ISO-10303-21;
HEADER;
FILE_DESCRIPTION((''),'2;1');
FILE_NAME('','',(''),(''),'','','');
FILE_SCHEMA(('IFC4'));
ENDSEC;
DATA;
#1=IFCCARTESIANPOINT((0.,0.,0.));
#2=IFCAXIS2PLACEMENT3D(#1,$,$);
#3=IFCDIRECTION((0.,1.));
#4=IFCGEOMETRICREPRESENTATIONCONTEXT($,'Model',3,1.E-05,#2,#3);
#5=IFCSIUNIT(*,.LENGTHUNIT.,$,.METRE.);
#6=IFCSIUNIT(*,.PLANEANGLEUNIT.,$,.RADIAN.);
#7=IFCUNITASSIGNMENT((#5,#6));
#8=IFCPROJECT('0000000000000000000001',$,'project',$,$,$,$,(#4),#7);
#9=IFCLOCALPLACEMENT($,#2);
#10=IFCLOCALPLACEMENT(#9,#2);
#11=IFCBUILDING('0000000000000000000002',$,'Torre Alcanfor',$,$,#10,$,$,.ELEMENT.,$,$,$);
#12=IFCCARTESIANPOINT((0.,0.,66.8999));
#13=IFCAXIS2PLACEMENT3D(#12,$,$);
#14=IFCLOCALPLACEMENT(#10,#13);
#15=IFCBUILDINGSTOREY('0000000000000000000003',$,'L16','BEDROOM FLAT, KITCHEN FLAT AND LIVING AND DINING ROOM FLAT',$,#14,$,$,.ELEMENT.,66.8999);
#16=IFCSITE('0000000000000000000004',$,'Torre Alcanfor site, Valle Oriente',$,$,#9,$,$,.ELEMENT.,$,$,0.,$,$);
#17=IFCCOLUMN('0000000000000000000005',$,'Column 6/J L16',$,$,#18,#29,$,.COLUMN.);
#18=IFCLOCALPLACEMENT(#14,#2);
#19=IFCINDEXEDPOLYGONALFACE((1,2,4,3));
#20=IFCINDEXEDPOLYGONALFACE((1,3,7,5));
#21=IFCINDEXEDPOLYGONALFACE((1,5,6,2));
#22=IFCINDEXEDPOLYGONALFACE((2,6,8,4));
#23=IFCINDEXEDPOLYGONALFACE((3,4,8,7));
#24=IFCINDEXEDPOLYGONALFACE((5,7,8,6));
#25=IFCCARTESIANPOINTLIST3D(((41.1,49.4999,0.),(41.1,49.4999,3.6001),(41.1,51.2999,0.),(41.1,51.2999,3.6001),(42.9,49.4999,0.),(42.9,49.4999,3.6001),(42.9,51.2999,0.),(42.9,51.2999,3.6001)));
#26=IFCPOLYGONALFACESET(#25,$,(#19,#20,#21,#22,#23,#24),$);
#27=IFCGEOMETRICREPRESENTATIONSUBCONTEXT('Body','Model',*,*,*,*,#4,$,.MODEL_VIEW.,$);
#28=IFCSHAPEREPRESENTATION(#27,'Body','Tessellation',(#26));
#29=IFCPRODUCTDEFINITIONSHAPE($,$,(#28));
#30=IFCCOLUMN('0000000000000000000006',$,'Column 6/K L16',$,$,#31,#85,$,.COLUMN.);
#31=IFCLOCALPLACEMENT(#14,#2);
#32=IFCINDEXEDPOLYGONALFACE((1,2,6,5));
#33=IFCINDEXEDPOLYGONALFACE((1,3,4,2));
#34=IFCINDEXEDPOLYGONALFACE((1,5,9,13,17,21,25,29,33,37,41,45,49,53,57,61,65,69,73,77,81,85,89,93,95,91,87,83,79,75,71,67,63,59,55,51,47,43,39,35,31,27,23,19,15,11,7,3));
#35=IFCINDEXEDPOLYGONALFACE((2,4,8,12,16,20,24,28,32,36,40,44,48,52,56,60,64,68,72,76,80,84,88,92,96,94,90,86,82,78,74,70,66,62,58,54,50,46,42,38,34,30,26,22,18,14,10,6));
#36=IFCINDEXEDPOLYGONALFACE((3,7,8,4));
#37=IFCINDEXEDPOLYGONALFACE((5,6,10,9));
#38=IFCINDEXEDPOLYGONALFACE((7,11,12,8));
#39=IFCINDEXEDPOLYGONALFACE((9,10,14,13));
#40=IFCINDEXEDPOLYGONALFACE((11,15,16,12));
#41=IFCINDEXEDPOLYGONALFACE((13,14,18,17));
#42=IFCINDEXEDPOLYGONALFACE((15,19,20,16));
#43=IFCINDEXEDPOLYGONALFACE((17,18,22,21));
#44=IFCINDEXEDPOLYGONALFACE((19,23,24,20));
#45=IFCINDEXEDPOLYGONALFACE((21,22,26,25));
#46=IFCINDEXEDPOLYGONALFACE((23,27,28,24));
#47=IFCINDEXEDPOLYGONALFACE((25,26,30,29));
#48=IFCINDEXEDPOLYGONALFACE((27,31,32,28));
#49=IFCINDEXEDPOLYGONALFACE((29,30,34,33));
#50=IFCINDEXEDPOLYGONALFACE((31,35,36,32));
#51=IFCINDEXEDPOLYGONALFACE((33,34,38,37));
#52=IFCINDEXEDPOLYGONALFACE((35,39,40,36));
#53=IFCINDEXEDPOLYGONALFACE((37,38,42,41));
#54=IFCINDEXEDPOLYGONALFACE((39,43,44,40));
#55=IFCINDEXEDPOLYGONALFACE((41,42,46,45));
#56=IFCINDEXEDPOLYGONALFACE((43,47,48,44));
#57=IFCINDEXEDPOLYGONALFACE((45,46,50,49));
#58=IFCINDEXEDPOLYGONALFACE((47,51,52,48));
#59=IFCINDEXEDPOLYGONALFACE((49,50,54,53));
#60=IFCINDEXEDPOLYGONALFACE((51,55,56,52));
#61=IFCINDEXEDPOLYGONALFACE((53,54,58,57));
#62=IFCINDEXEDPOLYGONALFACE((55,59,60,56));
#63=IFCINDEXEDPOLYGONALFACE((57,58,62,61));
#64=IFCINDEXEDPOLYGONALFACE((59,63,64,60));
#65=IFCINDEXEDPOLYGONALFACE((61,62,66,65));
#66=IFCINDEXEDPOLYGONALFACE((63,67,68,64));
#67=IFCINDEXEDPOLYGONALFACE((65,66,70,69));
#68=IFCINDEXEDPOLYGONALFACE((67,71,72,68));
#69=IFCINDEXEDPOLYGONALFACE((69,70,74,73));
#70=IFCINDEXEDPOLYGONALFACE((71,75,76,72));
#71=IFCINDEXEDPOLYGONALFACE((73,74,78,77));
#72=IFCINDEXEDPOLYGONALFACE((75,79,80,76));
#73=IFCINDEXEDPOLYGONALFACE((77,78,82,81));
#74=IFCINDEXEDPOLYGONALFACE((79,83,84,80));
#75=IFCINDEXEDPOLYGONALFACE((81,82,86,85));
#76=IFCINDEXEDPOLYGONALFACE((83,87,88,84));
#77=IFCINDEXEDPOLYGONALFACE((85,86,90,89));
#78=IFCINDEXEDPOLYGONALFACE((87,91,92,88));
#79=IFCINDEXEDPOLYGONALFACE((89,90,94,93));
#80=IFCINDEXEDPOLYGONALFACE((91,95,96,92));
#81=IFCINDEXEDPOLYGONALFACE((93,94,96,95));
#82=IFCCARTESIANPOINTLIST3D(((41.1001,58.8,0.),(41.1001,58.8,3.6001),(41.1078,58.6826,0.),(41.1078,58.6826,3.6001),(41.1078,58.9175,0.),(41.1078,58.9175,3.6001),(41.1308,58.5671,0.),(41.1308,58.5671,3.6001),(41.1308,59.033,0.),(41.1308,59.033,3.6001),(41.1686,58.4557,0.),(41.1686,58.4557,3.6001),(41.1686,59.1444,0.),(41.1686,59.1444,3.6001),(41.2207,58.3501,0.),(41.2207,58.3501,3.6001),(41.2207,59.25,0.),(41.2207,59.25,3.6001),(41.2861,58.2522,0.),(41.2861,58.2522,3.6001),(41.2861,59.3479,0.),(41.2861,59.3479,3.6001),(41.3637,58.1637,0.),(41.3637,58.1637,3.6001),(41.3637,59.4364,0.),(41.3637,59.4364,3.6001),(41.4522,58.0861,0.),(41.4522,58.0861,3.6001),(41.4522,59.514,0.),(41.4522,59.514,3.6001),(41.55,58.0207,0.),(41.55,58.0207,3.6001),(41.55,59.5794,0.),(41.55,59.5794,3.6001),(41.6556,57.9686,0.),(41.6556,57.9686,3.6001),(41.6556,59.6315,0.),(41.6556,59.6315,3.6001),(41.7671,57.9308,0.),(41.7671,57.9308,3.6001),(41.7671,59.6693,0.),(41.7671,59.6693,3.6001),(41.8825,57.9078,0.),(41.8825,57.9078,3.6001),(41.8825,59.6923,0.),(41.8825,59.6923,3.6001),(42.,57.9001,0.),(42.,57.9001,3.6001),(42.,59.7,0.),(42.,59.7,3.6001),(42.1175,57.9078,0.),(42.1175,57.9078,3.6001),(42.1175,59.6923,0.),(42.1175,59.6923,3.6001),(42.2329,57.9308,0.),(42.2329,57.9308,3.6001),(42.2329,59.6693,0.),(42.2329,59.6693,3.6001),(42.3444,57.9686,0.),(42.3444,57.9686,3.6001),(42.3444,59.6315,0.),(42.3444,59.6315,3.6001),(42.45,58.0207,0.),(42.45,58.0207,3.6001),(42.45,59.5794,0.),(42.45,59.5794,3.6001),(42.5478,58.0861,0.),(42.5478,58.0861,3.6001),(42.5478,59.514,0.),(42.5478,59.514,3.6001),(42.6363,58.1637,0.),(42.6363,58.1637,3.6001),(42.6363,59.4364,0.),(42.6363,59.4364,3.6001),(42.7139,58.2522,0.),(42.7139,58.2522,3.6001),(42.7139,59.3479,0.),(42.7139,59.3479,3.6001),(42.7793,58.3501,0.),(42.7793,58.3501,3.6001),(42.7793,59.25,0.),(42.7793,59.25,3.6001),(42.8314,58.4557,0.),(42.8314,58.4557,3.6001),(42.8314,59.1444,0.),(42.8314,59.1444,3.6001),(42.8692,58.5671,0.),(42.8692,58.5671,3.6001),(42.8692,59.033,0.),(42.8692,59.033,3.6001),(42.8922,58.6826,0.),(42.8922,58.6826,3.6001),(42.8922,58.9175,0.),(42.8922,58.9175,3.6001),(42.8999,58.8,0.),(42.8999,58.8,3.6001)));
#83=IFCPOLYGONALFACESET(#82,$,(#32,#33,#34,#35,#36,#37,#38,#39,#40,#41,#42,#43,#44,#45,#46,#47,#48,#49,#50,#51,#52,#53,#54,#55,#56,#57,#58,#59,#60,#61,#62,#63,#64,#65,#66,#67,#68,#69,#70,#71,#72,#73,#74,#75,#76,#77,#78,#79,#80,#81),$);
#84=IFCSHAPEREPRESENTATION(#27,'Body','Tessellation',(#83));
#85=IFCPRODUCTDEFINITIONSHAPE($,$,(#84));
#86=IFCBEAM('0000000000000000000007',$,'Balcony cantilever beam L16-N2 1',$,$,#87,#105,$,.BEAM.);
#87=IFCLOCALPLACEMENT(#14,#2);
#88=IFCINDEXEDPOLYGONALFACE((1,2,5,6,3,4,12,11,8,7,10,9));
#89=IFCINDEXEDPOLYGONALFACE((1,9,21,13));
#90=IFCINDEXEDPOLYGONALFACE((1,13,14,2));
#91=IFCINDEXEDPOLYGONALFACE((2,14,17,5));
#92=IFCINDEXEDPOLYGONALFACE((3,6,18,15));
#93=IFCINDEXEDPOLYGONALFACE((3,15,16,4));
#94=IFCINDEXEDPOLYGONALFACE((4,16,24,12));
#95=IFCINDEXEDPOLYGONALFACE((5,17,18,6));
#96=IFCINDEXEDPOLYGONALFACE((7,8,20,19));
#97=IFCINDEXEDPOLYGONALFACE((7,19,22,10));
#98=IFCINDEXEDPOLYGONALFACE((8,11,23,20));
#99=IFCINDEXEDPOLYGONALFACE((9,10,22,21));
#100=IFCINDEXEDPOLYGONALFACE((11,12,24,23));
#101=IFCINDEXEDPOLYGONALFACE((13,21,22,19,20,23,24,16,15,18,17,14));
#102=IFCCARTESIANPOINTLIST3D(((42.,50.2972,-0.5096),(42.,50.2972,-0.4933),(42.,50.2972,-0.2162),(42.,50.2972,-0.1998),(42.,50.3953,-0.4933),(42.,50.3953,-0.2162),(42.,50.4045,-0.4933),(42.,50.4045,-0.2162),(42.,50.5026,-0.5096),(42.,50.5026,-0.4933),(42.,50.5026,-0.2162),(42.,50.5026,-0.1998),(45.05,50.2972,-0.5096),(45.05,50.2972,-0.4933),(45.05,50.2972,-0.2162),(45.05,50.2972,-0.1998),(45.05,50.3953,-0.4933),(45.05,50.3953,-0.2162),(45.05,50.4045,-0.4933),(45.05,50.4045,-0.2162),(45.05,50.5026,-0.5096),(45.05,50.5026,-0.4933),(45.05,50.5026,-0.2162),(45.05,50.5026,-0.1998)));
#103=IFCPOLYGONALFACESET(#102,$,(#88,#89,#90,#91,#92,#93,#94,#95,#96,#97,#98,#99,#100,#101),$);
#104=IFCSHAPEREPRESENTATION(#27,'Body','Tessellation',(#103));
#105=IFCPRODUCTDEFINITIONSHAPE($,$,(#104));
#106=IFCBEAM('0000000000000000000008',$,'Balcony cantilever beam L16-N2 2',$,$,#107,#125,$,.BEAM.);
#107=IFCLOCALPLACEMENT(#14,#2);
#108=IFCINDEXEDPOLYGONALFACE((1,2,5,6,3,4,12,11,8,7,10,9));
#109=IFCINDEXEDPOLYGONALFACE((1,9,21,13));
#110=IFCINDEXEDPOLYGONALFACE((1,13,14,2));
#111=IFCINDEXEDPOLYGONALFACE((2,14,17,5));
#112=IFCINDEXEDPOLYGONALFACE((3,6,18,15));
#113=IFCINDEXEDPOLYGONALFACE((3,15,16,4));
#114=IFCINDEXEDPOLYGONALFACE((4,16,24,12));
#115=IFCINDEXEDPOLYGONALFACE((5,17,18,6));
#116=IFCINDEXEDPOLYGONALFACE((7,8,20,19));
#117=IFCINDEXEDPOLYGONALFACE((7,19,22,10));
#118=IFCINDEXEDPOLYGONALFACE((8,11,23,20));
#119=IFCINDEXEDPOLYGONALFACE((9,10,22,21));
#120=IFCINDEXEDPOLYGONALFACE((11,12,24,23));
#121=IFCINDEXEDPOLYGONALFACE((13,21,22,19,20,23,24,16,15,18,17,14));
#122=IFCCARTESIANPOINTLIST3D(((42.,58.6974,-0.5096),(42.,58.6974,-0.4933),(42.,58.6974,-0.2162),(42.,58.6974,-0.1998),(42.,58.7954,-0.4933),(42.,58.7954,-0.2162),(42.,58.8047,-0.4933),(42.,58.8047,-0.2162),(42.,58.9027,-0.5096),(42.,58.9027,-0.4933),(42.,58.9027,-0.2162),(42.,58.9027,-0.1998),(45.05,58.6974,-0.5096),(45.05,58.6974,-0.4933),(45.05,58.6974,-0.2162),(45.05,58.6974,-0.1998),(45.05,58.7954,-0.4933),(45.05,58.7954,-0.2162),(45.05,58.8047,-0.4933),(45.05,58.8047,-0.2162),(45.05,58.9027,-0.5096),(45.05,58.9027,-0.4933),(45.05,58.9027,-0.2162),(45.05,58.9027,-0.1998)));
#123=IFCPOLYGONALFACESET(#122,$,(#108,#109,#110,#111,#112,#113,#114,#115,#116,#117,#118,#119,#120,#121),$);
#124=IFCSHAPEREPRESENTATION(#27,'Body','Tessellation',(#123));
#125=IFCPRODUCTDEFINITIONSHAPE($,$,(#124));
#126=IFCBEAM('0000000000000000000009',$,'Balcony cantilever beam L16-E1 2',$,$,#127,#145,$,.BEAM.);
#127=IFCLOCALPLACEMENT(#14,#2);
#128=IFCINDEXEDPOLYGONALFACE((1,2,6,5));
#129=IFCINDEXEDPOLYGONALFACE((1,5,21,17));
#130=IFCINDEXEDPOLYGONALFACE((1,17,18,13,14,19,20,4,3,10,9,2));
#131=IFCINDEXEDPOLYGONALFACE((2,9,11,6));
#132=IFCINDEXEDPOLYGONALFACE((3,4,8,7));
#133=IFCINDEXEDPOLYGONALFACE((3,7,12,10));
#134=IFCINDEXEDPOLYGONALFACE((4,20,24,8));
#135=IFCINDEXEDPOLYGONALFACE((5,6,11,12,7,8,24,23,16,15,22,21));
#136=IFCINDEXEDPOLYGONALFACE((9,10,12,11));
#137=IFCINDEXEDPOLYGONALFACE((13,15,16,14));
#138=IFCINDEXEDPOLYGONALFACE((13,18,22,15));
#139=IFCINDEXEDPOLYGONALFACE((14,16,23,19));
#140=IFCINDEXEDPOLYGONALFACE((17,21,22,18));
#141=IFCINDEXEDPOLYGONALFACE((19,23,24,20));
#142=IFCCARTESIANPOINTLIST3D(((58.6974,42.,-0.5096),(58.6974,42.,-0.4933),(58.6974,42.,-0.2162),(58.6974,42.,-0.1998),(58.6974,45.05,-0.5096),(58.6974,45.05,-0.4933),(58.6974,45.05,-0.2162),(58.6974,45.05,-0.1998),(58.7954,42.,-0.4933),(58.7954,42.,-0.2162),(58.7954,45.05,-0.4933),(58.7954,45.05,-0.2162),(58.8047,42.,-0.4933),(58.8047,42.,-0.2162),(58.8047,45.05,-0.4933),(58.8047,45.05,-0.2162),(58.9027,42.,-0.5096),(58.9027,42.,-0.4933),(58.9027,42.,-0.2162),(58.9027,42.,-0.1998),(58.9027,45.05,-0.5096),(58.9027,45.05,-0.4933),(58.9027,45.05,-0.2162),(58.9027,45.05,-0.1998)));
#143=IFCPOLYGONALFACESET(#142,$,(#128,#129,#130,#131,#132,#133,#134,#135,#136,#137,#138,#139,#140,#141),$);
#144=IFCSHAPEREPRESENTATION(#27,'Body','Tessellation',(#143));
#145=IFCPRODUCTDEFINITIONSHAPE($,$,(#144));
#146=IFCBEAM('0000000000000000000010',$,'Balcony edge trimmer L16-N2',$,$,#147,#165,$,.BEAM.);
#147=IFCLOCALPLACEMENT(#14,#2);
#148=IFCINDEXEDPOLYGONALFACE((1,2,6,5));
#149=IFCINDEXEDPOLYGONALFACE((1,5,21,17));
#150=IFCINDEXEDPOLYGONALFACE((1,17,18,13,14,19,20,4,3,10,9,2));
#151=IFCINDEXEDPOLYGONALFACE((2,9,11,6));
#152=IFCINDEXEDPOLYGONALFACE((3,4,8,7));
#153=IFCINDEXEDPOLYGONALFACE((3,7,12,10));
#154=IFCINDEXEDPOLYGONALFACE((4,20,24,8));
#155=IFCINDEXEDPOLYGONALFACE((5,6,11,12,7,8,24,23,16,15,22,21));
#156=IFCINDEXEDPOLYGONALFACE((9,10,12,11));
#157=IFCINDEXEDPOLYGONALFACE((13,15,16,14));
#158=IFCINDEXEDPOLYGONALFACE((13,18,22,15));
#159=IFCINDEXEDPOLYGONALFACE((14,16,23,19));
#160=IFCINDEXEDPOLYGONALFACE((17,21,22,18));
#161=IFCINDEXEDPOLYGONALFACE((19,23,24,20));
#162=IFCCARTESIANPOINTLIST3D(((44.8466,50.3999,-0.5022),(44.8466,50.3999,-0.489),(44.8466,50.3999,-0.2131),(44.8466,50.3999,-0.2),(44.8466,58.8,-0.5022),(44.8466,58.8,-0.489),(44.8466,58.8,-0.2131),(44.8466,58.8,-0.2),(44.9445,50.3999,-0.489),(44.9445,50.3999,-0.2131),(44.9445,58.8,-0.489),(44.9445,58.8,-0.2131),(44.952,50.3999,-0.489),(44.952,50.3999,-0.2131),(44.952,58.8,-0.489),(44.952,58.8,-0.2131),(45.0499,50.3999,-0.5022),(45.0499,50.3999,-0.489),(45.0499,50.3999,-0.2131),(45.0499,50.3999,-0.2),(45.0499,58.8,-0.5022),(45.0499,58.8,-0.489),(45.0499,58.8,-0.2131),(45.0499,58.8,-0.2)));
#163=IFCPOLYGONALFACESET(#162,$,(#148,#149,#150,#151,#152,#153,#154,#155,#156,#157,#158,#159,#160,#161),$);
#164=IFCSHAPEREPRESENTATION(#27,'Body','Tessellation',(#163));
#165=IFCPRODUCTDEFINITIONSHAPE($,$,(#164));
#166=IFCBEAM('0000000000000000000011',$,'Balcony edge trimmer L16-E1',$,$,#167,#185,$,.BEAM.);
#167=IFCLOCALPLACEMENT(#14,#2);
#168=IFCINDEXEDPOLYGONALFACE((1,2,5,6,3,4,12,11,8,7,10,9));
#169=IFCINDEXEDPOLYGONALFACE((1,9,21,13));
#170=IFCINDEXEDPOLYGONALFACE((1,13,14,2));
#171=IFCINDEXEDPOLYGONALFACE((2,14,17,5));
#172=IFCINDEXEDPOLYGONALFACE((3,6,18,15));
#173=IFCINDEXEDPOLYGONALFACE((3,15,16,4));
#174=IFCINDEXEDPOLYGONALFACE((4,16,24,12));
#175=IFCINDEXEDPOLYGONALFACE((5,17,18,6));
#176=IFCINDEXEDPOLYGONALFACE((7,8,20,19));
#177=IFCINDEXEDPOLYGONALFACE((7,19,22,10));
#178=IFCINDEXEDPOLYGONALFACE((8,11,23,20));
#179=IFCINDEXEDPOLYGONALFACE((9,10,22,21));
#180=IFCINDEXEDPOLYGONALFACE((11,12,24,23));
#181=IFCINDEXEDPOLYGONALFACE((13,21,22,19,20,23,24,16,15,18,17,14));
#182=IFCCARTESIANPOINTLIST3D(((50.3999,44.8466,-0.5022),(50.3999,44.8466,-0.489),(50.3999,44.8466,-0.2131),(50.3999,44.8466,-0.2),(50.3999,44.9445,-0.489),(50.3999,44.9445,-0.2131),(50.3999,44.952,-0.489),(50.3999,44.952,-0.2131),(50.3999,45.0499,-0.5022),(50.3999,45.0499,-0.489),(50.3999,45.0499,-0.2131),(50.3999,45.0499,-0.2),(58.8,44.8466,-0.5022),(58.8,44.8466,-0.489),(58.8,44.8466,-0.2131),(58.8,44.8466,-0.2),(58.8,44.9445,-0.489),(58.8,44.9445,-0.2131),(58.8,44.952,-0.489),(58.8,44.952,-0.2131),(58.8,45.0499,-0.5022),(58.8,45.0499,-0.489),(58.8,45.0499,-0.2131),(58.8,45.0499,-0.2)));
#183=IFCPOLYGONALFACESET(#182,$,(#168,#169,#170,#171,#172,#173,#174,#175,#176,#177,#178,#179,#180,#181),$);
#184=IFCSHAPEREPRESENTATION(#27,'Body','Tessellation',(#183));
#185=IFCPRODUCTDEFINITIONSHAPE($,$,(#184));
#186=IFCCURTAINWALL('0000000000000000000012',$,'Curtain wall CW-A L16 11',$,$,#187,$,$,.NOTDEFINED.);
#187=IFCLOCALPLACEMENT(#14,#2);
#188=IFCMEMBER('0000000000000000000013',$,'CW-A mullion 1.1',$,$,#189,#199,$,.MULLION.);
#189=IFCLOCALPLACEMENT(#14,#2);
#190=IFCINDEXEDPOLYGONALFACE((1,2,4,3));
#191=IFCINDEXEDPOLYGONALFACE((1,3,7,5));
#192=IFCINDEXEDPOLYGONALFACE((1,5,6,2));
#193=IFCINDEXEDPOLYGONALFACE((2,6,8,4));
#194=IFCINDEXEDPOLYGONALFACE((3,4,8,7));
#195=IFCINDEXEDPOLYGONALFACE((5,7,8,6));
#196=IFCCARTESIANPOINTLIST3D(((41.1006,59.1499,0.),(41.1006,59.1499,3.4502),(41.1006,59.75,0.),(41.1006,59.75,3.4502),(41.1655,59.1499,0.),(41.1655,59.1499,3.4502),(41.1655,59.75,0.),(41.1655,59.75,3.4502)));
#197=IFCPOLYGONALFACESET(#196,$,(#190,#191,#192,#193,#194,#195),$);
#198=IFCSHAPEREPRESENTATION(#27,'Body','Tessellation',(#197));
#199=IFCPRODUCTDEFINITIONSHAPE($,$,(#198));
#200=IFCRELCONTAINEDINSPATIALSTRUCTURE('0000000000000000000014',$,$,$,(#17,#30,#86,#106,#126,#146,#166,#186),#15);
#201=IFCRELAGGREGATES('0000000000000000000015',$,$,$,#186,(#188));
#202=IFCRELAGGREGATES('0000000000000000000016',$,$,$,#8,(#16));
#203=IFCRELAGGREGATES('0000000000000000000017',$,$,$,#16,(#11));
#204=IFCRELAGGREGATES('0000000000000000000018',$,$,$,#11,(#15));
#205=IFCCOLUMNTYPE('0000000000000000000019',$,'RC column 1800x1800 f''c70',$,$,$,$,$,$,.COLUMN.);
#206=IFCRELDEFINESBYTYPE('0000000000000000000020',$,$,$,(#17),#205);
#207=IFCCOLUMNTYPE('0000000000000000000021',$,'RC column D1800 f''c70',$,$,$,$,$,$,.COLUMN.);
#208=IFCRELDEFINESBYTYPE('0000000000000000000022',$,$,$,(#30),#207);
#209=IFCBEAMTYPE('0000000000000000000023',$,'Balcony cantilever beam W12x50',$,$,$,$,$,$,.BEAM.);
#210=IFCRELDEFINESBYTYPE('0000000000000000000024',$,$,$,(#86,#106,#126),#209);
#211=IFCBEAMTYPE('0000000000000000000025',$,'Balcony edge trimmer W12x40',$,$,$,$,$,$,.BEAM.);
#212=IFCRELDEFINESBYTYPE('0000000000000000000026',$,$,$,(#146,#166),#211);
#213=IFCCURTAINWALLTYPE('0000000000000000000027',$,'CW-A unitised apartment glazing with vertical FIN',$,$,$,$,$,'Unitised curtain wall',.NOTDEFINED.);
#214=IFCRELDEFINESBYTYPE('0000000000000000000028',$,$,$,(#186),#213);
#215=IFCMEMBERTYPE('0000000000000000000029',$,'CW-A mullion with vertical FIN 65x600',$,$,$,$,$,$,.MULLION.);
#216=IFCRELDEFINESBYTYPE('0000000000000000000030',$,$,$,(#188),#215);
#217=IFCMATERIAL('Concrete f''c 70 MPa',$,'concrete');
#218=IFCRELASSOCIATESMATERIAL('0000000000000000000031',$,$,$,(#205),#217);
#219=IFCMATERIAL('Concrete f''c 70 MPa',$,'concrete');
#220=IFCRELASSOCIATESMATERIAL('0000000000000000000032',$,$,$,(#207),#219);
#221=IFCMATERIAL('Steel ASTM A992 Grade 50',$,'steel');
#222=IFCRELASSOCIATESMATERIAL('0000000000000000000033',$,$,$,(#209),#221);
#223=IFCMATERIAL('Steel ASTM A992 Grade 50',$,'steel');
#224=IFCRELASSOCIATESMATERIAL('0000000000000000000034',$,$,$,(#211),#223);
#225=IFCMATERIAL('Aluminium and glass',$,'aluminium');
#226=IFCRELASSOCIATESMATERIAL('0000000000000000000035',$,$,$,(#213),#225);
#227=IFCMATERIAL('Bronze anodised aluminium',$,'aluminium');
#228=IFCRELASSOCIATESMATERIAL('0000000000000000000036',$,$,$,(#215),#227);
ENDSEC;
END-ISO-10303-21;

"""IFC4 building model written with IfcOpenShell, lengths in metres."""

from ifc_helpers import new_model, si_unit, direction, frame, origin, origin_2d, place, context, subcontext, project, spatial, rectangle, circle, i_section, extrude, material, material_profile, profile_set, type_object, element, aggregate, save


model = new_model("IFC4")

# Units and contexts
model_context = context("Model", 3, precision=1e-05, world=origin(), true_north=direction((0.0, 1.0)))
body_context = subcontext(model_context, "Body", "Model", "MODEL_VIEW")
ifc_project = project(units=[si_unit("LENGTHUNIT", "METRE"), si_unit("PLANEANGLEUNIT", "RADIAN")], contexts=[model_context])

# Site, building, storey
site_placement = place(None, origin())
site = spatial("IfcSite", under=ifc_project, at=site_placement, Name="Torre Alcanfor site, Valle Oriente", CompositionType="ELEMENT", RefElevation=0.0)
building_placement = place(site_placement, origin())
building = spatial("IfcBuilding", under=site, at=building_placement, Name="Torre Alcanfor", CompositionType="ELEMENT")
storey_placement = place(building_placement, frame((0.0, 0.0, 66.8999)))
storey = spatial("IfcBuildingStorey", under=building, at=storey_placement, Name="L16", Description="BEDROOM FLAT, KITCHEN FLAT AND LIVING AND DINING ROOM FLAT", CompositionType="ELEMENT", Elevation=66.8999)

# Columns
ifc_material_1 = material(Name="Concrete f'c 70 MPa", Category="concrete")
ifc_material_profile_1 = material_profile(ifc_material_1, rectangle(XDim=1.8, YDim=1.8, at=origin_2d()), Name="1800x1800")
ifc_profile_set_1 = profile_set([ifc_material_profile_1], Name="Concrete f'c 70 MPa")
column_type_1 = type_object("IfcColumnType", Name="RC column 1800x1800 f'c70", PredefinedType="COLUMN", material=ifc_profile_set_1)
column_1_placement = place(storey_placement, frame((42.0, 50.3999, 0.0), z_axis=(0.0, 0.0, 1.0), x_axis=(1.0, 0.0, 0.0)))
element("IfcColumn", 1, at=column_1_placement, inside=storey, type_object=column_type_1, Name="Column 6/J L16", PredefinedType="COLUMN", context=body_context, shape_type="SweptSolid", body=[
    extrude(rectangle(XDim=1.8, YDim=1.8, at=origin_2d()), origin(), (0.0, 0.0, 1.0), 3.6001),
])
ifc_material_2 = material(Name="Concrete f'c 70 MPa", Category="concrete")
ifc_material_profile_2 = material_profile(ifc_material_2, circle(Radius=0.8999, at=origin_2d()), Name="D1800")
ifc_profile_set_2 = profile_set([ifc_material_profile_2], Name="Concrete f'c 70 MPa")
column_type_2 = type_object("IfcColumnType", Name="RC column D1800 f'c70", PredefinedType="COLUMN", material=ifc_profile_set_2)
column_2_placement = place(storey_placement, frame((42.0, 58.8, 0.0), z_axis=(0.0, 0.0, 1.0), x_axis=(1.0, 0.0, 0.0)))
element("IfcColumn", 2, at=column_2_placement, inside=storey, type_object=column_type_2, Name="Column 6/K L16", PredefinedType="COLUMN", context=body_context, shape_type="SweptSolid", body=[
    extrude(circle(Radius=0.8999, at=origin_2d()), origin(), (0.0, 0.0, 1.0), 3.6001),
])

# Beams
ifc_material_3 = material(Name="Steel ASTM A992 Grade 50", Category="steel")
ifc_material_profile_3 = material_profile(ifc_material_3, i_section(OverallWidth=0.2053, OverallDepth=0.3098, WebThickness=0.0093, FlangeThickness=0.0164, at=origin_2d()), Name="W12x50")
ifc_profile_set_3 = profile_set([ifc_material_profile_3], Name="Steel ASTM A992 Grade 50")
beam_type_1 = type_object("IfcBeamType", Name="Balcony cantilever beam W12x50", PredefinedType="BEAM", material=ifc_profile_set_3)
for number, where, z_axis, x_axis, name in (
    (3, (42.0, 50.3999, -0.3547), (1.0, 0.0, 0.0), (0.0, 1.0, 0.0), "Balcony cantilever beam L16-N2 1"),
    (4, (42.0, 58.8, -0.3547), (1.0, 0.0, 0.0), (0.0, 1.0, 0.0), "Balcony cantilever beam L16-N2 2"),
    (5, (58.8, 42.0, -0.3547), (0.0, 1.0, 0.0), (-1.0, 0.0, 0.0), "Balcony cantilever beam L16-E1 2"),
):
    element("IfcBeam", number, at=place(storey_placement, frame(where, z_axis=z_axis, x_axis=x_axis)), inside=storey, type_object=beam_type_1, Name=name, PredefinedType="BEAM", context=body_context, shape_type="SweptSolid", body=[
        extrude(i_section(OverallWidth=0.2053, OverallDepth=0.3098, WebThickness=0.0093, FlangeThickness=0.0164, at=origin_2d()), origin(), (0.0, 0.0, 1.0), 3.05),
    ])
ifc_material_4 = material(Name="Steel ASTM A992 Grade 50", Category="steel")
ifc_material_profile_4 = material_profile(ifc_material_4, i_section(OverallWidth=0.2034, OverallDepth=0.3022, WebThickness=0.0076, FlangeThickness=0.0132, at=origin_2d()), Name="W12x40")
ifc_profile_set_4 = profile_set([ifc_material_profile_4], Name="Steel ASTM A992 Grade 50")
beam_type_2 = type_object("IfcBeamType", Name="Balcony edge trimmer W12x40", PredefinedType="BEAM", material=ifc_profile_set_4)
for number, where, z_axis, x_axis, name in (
    (6, (44.9482, 50.3999, -0.3511), (0.0, 1.0, 0.0), (-1.0, 0.0, 0.0), "Balcony edge trimmer L16-N2"),
    (7, (50.3999, 44.9482, -0.3511), (1.0, 0.0, 0.0), (0.0, 1.0, 0.0), "Balcony edge trimmer L16-E1"),
):
    element("IfcBeam", number, at=place(storey_placement, frame(where, z_axis=z_axis, x_axis=x_axis)), inside=storey, type_object=beam_type_2, Name=name, PredefinedType="BEAM", context=body_context, shape_type="SweptSolid", body=[
        extrude(i_section(OverallWidth=0.2034, OverallDepth=0.3022, WebThickness=0.0076, FlangeThickness=0.0132, at=origin_2d()), origin(), (0.0, 0.0, 1.0), 8.4001),
    ])

# Curtain wall, member
ifc_material_5 = material(Name="Aluminium and glass", Category="aluminium")
curtain_wall_type = type_object("IfcCurtainWallType", Name="CW-A unitised apartment glazing with vertical FIN", ElementType="Unitised curtain wall", PredefinedType="NOTDEFINED", material=ifc_material_5)
curtain_wall_placement = place(storey_placement, origin())
curtain_wall = element("IfcCurtainWall", 8, at=curtain_wall_placement, inside=storey, type_object=curtain_wall_type, Name="Curtain wall CW-A L16 11", PredefinedType="NOTDEFINED")
ifc_material_6 = material(Name="Bronze anodised aluminium", Category="aluminium")
ifc_material_profile_5 = material_profile(ifc_material_6, rectangle(XDim=0.6001, YDim=0.0649, at=origin_2d()), Name="CW-A mullion 65x600")
ifc_profile_set_5 = profile_set([ifc_material_profile_5], Name="Bronze anodised aluminium")
member_type_1 = type_object("IfcMemberType", Name="CW-A mullion with vertical FIN 65x600", PredefinedType="MULLION", material=ifc_profile_set_5)
member_1_placement = place(storey_placement, frame((41.1331, 59.45, 0.0), z_axis=(0.0, 0.0, 1.0), x_axis=(0.0, -1.0, 0.0)))
member_1 = element("IfcMember", 9, at=member_1_placement, type_object=member_type_1, Name="CW-A mullion 1.1", PredefinedType="MULLION", context=body_context, shape_type="SweptSolid", body=[
    extrude(rectangle(XDim=0.6001, YDim=0.0649, at=origin_2d()), origin(), (0.0, 0.0, 1.0), 3.4502),
])
aggregate(curtain_wall, [member_1])

save(model, "model.ifc")
